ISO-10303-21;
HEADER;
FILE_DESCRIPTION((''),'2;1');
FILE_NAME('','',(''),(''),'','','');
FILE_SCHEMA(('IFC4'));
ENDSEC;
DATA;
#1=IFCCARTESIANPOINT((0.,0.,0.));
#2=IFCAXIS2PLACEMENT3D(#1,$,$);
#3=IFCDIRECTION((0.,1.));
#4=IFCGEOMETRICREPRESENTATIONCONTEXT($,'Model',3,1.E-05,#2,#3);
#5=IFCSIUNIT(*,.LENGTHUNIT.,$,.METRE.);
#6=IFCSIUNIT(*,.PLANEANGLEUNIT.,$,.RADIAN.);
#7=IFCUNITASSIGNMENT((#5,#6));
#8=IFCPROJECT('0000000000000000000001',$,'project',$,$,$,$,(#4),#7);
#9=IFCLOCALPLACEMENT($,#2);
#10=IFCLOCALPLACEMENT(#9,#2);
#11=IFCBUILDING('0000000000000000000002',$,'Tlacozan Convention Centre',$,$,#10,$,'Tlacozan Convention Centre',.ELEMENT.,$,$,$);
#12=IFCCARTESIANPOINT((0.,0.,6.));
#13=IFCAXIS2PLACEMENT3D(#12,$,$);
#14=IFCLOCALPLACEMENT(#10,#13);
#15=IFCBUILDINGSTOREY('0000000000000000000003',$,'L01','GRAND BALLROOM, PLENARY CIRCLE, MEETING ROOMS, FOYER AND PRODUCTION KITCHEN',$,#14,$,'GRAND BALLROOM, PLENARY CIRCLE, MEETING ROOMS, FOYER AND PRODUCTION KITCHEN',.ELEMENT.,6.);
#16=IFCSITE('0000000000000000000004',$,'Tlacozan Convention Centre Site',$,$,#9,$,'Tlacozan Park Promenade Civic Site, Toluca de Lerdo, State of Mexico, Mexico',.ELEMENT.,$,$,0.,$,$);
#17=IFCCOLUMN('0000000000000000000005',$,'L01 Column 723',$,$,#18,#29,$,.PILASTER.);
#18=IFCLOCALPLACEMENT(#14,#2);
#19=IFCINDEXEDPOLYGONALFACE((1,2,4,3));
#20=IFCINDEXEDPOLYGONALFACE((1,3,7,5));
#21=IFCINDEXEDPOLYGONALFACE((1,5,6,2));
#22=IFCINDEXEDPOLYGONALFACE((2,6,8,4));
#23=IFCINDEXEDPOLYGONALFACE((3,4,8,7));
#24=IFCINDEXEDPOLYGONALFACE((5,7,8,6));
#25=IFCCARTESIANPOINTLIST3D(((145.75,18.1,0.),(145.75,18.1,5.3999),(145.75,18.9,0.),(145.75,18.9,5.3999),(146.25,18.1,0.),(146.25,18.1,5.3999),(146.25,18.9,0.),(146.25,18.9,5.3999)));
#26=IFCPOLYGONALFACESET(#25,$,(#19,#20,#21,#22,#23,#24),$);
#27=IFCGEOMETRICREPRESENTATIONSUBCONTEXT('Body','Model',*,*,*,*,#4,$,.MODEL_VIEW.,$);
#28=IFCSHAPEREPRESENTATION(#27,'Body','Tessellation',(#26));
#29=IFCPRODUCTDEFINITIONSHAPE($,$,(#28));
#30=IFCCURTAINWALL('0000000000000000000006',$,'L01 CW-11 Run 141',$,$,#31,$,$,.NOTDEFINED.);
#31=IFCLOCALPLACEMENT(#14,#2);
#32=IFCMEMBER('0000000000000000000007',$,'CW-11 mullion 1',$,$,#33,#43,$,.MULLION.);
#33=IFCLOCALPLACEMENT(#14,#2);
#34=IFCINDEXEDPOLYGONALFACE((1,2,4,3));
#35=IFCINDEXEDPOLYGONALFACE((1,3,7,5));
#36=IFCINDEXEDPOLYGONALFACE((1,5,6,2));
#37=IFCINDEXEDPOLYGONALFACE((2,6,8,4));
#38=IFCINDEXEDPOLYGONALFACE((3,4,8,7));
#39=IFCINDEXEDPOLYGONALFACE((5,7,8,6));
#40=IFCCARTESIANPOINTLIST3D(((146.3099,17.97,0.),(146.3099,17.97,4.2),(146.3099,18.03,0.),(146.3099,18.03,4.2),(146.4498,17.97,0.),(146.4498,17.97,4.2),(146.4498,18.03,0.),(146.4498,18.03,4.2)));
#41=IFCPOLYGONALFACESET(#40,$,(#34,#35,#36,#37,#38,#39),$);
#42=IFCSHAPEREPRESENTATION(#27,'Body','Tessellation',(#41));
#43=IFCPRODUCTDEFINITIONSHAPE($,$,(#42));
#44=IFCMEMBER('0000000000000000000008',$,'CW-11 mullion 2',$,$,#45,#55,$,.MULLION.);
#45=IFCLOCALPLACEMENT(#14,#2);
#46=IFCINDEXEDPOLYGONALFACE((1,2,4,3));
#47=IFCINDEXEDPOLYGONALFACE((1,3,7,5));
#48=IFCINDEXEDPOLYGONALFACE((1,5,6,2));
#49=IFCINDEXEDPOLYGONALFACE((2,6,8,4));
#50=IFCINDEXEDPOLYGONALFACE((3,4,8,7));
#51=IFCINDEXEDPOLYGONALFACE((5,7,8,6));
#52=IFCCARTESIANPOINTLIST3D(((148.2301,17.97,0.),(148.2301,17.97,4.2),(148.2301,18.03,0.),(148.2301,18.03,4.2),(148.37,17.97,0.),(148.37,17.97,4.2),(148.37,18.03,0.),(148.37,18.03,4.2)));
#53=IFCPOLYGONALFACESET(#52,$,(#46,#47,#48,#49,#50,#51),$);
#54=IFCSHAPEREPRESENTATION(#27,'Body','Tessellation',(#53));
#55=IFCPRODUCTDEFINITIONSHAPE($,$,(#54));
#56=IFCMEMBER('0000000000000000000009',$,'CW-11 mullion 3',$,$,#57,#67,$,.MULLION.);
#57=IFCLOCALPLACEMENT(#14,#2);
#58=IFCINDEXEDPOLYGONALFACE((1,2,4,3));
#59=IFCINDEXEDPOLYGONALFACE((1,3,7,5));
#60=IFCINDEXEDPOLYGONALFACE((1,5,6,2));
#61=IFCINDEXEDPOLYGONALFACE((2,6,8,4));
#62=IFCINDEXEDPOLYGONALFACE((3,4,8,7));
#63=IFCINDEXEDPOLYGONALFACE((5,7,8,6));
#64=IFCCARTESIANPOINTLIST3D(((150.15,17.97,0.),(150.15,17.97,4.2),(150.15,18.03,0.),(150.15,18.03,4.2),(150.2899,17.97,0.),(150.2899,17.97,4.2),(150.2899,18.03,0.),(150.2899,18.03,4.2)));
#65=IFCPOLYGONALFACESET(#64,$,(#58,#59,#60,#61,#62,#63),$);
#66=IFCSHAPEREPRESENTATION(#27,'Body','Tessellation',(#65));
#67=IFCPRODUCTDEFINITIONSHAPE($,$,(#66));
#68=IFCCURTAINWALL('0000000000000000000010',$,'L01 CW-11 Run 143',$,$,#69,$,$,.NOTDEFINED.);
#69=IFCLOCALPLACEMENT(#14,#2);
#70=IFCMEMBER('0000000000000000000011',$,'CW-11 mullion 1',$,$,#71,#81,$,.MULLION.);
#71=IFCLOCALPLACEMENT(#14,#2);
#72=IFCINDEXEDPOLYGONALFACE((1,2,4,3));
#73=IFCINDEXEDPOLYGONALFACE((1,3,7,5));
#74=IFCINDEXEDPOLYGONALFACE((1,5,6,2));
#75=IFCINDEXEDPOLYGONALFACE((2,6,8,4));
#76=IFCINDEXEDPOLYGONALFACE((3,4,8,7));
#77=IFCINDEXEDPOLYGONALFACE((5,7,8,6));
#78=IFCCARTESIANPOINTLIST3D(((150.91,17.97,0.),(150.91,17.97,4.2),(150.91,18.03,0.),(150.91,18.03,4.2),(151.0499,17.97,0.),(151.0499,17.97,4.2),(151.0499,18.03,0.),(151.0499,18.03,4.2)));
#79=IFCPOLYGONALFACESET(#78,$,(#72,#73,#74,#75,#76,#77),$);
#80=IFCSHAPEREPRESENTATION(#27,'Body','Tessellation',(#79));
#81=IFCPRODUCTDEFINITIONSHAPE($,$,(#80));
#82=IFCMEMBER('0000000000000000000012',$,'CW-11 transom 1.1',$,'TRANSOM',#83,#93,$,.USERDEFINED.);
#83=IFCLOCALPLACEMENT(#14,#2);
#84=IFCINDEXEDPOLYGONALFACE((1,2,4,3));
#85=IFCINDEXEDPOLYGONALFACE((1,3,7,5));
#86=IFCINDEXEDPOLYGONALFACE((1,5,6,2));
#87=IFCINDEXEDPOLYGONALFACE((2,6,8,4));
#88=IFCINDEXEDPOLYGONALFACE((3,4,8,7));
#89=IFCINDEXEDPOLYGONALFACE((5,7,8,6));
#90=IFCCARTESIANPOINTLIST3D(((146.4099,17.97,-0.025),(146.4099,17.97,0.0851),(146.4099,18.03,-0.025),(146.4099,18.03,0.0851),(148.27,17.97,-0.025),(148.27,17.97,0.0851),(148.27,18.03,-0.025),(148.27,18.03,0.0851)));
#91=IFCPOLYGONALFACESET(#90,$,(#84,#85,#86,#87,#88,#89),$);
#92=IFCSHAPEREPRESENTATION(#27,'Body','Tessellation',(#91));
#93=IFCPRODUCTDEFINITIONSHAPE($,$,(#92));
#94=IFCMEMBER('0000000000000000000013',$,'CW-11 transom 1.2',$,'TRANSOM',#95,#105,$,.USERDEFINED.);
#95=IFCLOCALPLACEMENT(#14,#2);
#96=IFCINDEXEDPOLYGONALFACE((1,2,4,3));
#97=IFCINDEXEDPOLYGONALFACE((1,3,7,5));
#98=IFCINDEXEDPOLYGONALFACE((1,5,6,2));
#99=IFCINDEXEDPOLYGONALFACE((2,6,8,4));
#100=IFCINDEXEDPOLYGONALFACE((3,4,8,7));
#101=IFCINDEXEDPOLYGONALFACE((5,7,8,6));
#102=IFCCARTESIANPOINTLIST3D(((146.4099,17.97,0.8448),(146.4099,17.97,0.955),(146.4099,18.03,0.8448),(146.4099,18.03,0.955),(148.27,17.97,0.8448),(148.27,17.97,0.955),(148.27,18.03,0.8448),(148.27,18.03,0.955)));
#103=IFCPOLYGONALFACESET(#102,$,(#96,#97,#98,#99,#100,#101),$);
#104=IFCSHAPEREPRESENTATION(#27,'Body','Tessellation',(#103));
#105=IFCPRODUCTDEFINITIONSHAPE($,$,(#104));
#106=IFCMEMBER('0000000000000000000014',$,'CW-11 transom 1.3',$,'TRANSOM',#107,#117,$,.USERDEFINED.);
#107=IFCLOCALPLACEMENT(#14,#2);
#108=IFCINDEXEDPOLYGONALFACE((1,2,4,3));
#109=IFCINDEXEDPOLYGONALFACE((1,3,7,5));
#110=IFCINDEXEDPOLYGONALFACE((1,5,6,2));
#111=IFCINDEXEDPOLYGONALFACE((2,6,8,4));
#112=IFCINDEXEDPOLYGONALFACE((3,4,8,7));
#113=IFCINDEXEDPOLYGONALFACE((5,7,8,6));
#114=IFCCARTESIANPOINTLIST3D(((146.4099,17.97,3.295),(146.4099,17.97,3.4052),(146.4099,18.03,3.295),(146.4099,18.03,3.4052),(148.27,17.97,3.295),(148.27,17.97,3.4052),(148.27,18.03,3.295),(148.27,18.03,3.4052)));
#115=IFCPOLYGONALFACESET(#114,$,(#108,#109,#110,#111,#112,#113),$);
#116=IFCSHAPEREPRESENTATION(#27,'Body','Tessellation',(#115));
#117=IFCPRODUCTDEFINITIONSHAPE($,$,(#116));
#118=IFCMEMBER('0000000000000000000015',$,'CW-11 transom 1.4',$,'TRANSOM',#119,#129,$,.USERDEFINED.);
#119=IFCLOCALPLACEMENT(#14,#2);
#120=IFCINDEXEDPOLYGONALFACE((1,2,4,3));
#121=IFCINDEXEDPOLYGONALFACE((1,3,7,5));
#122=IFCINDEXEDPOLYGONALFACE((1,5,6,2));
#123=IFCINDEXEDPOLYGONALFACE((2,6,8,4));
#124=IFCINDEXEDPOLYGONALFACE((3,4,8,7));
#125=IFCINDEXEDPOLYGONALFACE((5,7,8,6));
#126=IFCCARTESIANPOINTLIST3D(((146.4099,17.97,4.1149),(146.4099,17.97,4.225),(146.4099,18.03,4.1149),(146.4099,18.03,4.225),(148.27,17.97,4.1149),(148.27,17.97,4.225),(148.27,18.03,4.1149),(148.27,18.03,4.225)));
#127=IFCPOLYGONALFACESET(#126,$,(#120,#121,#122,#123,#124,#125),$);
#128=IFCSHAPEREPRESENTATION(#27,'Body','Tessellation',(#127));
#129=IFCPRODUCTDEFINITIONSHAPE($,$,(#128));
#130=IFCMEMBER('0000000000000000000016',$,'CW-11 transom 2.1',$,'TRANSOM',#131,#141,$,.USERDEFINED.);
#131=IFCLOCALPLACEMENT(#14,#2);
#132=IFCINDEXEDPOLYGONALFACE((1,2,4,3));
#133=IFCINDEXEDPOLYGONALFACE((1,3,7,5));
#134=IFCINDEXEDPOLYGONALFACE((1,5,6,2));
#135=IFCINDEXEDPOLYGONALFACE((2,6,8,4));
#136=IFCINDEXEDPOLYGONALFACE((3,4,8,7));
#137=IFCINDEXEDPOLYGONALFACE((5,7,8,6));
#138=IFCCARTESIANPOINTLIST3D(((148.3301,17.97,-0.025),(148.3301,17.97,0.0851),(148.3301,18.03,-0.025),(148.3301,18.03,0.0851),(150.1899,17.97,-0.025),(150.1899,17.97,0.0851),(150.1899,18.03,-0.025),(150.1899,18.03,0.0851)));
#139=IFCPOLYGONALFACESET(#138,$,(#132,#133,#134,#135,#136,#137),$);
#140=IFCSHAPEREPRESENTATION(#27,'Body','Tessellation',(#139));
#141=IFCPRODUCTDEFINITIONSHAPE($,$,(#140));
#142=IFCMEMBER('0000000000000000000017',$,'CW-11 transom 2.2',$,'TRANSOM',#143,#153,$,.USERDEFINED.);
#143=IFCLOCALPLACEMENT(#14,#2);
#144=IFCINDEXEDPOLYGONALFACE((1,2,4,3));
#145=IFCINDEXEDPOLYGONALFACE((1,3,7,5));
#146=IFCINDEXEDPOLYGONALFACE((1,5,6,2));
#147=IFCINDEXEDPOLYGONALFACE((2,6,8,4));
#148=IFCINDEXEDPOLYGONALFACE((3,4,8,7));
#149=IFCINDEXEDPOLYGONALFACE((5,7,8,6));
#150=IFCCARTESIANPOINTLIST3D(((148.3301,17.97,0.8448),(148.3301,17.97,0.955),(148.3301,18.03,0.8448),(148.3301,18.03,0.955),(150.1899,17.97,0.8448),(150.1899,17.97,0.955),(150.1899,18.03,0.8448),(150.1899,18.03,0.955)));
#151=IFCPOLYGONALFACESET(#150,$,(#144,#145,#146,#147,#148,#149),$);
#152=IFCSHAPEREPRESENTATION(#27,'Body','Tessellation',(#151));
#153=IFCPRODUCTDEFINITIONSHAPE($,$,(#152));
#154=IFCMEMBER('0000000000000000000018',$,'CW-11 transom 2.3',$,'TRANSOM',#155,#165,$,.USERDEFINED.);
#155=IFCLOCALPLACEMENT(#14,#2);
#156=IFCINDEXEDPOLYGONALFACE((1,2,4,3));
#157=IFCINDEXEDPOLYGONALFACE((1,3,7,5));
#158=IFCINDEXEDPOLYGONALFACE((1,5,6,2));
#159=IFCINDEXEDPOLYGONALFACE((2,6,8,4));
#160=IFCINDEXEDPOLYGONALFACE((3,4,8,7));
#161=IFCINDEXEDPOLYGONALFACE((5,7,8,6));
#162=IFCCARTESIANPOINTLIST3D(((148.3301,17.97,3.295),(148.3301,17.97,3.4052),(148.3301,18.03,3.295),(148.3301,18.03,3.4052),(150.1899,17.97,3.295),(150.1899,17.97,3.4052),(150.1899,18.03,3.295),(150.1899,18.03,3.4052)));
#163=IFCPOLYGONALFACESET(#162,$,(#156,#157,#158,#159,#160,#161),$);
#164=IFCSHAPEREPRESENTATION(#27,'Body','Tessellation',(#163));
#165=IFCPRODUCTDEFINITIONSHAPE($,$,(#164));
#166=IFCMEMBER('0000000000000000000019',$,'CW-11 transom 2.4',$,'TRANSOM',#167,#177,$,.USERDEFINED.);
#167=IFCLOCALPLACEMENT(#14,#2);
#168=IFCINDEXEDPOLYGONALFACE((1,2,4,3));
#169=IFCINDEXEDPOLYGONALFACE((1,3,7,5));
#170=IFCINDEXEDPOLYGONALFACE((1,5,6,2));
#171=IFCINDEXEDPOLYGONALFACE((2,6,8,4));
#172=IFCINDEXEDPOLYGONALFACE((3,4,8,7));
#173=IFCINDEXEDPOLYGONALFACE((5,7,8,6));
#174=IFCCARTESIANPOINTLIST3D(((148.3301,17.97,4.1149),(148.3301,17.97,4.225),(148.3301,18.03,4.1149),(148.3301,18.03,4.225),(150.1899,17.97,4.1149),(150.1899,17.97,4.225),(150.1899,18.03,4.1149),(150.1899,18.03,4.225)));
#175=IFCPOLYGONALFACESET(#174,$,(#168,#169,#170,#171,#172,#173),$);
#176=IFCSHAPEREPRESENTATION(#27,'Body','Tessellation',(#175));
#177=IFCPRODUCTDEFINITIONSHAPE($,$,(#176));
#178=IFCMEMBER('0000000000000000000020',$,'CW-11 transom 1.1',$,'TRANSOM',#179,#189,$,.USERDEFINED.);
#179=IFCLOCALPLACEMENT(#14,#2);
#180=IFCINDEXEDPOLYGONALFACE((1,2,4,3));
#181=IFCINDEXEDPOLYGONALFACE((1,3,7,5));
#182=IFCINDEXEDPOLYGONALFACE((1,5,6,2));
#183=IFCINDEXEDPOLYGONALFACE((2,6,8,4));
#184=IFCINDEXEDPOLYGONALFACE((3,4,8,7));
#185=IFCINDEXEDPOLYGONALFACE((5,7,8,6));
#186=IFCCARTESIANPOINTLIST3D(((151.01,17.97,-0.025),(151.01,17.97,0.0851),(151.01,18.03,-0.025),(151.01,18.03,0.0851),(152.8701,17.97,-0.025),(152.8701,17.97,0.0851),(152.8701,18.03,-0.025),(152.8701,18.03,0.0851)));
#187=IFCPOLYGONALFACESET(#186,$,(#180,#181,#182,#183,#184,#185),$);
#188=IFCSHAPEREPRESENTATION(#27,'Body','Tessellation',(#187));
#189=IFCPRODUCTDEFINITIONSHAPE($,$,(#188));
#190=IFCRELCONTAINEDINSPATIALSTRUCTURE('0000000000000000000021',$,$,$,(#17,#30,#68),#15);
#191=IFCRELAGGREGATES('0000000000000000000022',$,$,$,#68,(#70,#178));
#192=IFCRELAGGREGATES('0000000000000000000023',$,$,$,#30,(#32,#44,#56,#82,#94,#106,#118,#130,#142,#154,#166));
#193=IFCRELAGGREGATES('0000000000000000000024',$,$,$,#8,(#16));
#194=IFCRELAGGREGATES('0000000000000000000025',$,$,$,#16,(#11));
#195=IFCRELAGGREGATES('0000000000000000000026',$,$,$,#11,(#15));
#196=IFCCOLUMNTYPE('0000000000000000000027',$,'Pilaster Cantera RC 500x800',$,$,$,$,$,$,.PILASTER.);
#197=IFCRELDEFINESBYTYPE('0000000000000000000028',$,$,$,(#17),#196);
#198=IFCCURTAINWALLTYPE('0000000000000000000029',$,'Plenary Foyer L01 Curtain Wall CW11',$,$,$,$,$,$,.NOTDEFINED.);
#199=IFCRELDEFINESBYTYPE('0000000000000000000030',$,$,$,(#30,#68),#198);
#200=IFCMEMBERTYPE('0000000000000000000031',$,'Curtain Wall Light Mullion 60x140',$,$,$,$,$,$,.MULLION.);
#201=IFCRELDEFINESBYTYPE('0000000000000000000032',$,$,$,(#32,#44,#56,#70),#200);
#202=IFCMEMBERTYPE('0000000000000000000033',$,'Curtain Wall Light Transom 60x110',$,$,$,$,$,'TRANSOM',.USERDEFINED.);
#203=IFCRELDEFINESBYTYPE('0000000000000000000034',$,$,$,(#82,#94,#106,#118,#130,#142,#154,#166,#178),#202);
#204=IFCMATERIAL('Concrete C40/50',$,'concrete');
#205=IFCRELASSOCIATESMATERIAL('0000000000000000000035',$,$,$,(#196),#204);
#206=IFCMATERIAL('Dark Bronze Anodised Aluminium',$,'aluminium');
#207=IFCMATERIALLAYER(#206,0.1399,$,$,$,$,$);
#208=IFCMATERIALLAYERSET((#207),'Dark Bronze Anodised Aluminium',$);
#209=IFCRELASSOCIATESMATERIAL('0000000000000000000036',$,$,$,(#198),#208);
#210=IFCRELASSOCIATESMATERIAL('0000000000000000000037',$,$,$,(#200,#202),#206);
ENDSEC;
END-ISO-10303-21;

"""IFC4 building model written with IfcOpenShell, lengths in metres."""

from ifc_helpers import new_model, si_unit, direction, frame, origin, origin_2d, place, context, subcontext, project, spatial, rectangle, extrude, material, layer, layer_set, material_profile, profile_set, type_object, element, aggregate, save


model = new_model("IFC4")

# Units and contexts
model_context = context("Model", 3, precision=1e-05, world=origin(), true_north=direction((0.0, 1.0)))
body_context = subcontext(model_context, "Body", "Model", "MODEL_VIEW")
ifc_project = project(units=[si_unit("LENGTHUNIT", "METRE"), si_unit("PLANEANGLEUNIT", "RADIAN")], contexts=[model_context])

# Site, building, storey
site_placement = place(None, origin())
site = spatial("IfcSite", under=ifc_project, at=site_placement, Name="Tlacozan Convention Centre Site", LongName="Tlacozan Park Promenade Civic Site, Toluca de Lerdo, State of Mexico, Mexico", CompositionType="ELEMENT", RefElevation=0.0)
building_placement = place(site_placement, origin())
building = spatial("IfcBuilding", under=site, at=building_placement, Name="Tlacozan Convention Centre", LongName="Tlacozan Convention Centre", CompositionType="ELEMENT")
storey_placement = place(building_placement, frame((0.0, 0.0, 6.0)))
storey = spatial("IfcBuildingStorey", under=building, at=storey_placement, Name="L01", Description="GRAND BALLROOM, PLENARY CIRCLE, MEETING ROOMS, FOYER AND PRODUCTION KITCHEN", LongName="GRAND BALLROOM, PLENARY CIRCLE, MEETING ROOMS, FOYER AND PRODUCTION KITCHEN", CompositionType="ELEMENT", Elevation=6.0)

# Column
ifc_material_1 = material(Name="Concrete C40/50", Category="concrete")
ifc_material_profile_1 = material_profile(ifc_material_1, rectangle(XDim=0.5, YDim=0.8, at=origin_2d()), Name="RC 500x800")
ifc_profile_set_1 = profile_set([ifc_material_profile_1], Name="Concrete C40/50")
column_type = type_object("IfcColumnType", Name="Pilaster Cantera RC 500x800", PredefinedType="PILASTER", material=ifc_profile_set_1)
column_placement = place(storey_placement, frame((146.0, 18.5, 0.0), z_axis=(0.0, 0.0, 1.0), x_axis=(1.0, 0.0, 0.0)))
element("IfcColumn", 1, at=column_placement, inside=storey, type_object=column_type, Name="L01 Column 723", PredefinedType="PILASTER", context=body_context, shape_type="SweptSolid", body=[
    extrude(rectangle(XDim=0.5, YDim=0.8, at=origin_2d()), origin(), (0.0, 0.0, 1.0), 5.3999),
])

# Curtain wall, members
ifc_material_2 = material(Name="Dark Bronze Anodised Aluminium", Category="aluminium")
ifc_layer_1 = layer(ifc_material_2, 0.1399)
ifc_layer_set_1 = layer_set([ifc_layer_1], Name="Dark Bronze Anodised Aluminium")
curtain_wall_type = type_object("IfcCurtainWallType", Name="Plenary Foyer L01 Curtain Wall CW11", PredefinedType="NOTDEFINED", material=ifc_layer_set_1)
curtain_wall_1_placement = place(storey_placement, origin())
curtain_wall_1 = element("IfcCurtainWall", 2, at=curtain_wall_1_placement, inside=storey, type_object=curtain_wall_type, Name="L01 CW-11 Run 141", PredefinedType="NOTDEFINED")
ifc_material_profile_2 = material_profile(ifc_material_2, rectangle(XDim=0.0601, YDim=0.1399, at=origin_2d()), Name="ALU 60x140")
ifc_profile_set_2 = profile_set([ifc_material_profile_2], Name="Dark Bronze Anodised Aluminium")
member_type_1 = type_object("IfcMemberType", Name="Curtain Wall Light Mullion 60x140", PredefinedType="MULLION", material=ifc_profile_set_2)
member_1_placement = place(storey_placement, frame((146.3799, 18.0, 0.0), z_axis=(0.0, 0.0, 1.0), x_axis=(0.0, 1.0, 0.0)))
member_1 = element("IfcMember", 3, at=member_1_placement, type_object=member_type_1, Name="CW-11 mullion 1", PredefinedType="MULLION", context=body_context, shape_type="SweptSolid", body=[
    extrude(rectangle(XDim=0.0601, YDim=0.1399, at=origin_2d()), origin(), (0.0, 0.0, 1.0), 4.2),
])
member_2_placement = place(storey_placement, frame((148.3, 18.0, 0.0), z_axis=(0.0, 0.0, 1.0), x_axis=(0.0, 1.0, 0.0)))
member_2 = element("IfcMember", 4, at=member_2_placement, type_object=member_type_1, Name="CW-11 mullion 2", PredefinedType="MULLION", context=body_context, shape_type="SweptSolid", body=[
    extrude(rectangle(XDim=0.0601, YDim=0.1399, at=origin_2d()), origin(), (0.0, 0.0, 1.0), 4.2),
])
member_3_placement = place(storey_placement, frame((150.22, 18.0, 0.0), z_axis=(0.0, 0.0, 1.0), x_axis=(0.0, 1.0, 0.0)))
member_3 = element("IfcMember", 5, at=member_3_placement, type_object=member_type_1, Name="CW-11 mullion 3", PredefinedType="MULLION", context=body_context, shape_type="SweptSolid", body=[
    extrude(rectangle(XDim=0.0601, YDim=0.1399, at=origin_2d()), origin(), (0.0, 0.0, 1.0), 4.2),
])

# Curtain wall, member
curtain_wall_2_placement = place(storey_placement, origin())
curtain_wall_2 = element("IfcCurtainWall", 6, at=curtain_wall_2_placement, inside=storey, type_object=curtain_wall_type, Name="L01 CW-11 Run 143", PredefinedType="NOTDEFINED")
member_4_placement = place(storey_placement, frame((150.98, 18.0, 0.0), z_axis=(0.0, 0.0, 1.0), x_axis=(0.0, 1.0, 0.0)))
member_4 = element("IfcMember", 7, at=member_4_placement, type_object=member_type_1, Name="CW-11 mullion 1", PredefinedType="MULLION", context=body_context, shape_type="SweptSolid", body=[
    extrude(rectangle(XDim=0.0601, YDim=0.1399, at=origin_2d()), origin(), (0.0, 0.0, 1.0), 4.2),
])

# Members
ifc_material_profile_3 = material_profile(ifc_material_2, rectangle(XDim=0.0601, YDim=0.1101, at=origin_2d()), Name="ALU 60x110")
ifc_profile_set_3 = profile_set([ifc_material_profile_3], Name="Dark Bronze Anodised Aluminium")
member_type_2 = type_object("IfcMemberType", Name="Curtain Wall Light Transom 60x110", ElementType="TRANSOM", PredefinedType="USERDEFINED", material=ifc_profile_set_3)
member_5_placement = place(storey_placement, frame((146.4099, 18.0, 0.03), z_axis=(1.0, 0.0, 0.0), x_axis=(0.0, 1.0, 0.0)))
member_5 = element("IfcMember", 8, at=member_5_placement, type_object=member_type_2, Name="CW-11 transom 1.1", ObjectType="TRANSOM", PredefinedType="USERDEFINED", context=body_context, shape_type="SweptSolid", body=[
    extrude(rectangle(XDim=0.0601, YDim=0.1101, at=origin_2d()), origin(), (0.0, 0.0, 1.0), 1.8601),
])
member_6_placement = place(storey_placement, frame((146.4099, 18.0, 0.8999), z_axis=(1.0, 0.0, 0.0), x_axis=(0.0, 1.0, 0.0)))
member_6 = element("IfcMember", 9, at=member_6_placement, type_object=member_type_2, Name="CW-11 transom 1.2", ObjectType="TRANSOM", PredefinedType="USERDEFINED", context=body_context, shape_type="SweptSolid", body=[
    extrude(rectangle(XDim=0.0601, YDim=0.1101, at=origin_2d()), origin(), (0.0, 0.0, 1.0), 1.8601),
])
member_7_placement = place(storey_placement, frame((146.4099, 18.0, 3.3501), z_axis=(1.0, 0.0, 0.0), x_axis=(0.0, 1.0, 0.0)))
member_7 = element("IfcMember", 10, at=member_7_placement, type_object=member_type_2, Name="CW-11 transom 1.3", ObjectType="TRANSOM", PredefinedType="USERDEFINED", context=body_context, shape_type="SweptSolid", body=[
    extrude(rectangle(XDim=0.0601, YDim=0.1101, at=origin_2d()), origin(), (0.0, 0.0, 1.0), 1.8601),
])
member_8_placement = place(storey_placement, frame((146.4099, 18.0, 4.1699), z_axis=(1.0, 0.0, 0.0), x_axis=(0.0, 1.0, 0.0)))
member_8 = element("IfcMember", 11, at=member_8_placement, type_object=member_type_2, Name="CW-11 transom 1.4", ObjectType="TRANSOM", PredefinedType="USERDEFINED", context=body_context, shape_type="SweptSolid", body=[
    extrude(rectangle(XDim=0.0601, YDim=0.1101, at=origin_2d()), origin(), (0.0, 0.0, 1.0), 1.8601),
])
member_9_placement = place(storey_placement, frame((148.3301, 18.0, 0.03), z_axis=(1.0, 0.0, 0.0), x_axis=(0.0, 1.0, 0.0)))
member_9 = element("IfcMember", 12, at=member_9_placement, type_object=member_type_2, Name="CW-11 transom 2.1", ObjectType="TRANSOM", PredefinedType="USERDEFINED", context=body_context, shape_type="SweptSolid", body=[
    extrude(rectangle(XDim=0.0601, YDim=0.1101, at=origin_2d()), origin(), (0.0, 0.0, 1.0), 1.8599),
])
member_10_placement = place(storey_placement, frame((148.3301, 18.0, 0.8999), z_axis=(1.0, 0.0, 0.0), x_axis=(0.0, 1.0, 0.0)))
member_10 = element("IfcMember", 13, at=member_10_placement, type_object=member_type_2, Name="CW-11 transom 2.2", ObjectType="TRANSOM", PredefinedType="USERDEFINED", context=body_context, shape_type="SweptSolid", body=[
    extrude(rectangle(XDim=0.0601, YDim=0.1101, at=origin_2d()), origin(), (0.0, 0.0, 1.0), 1.8599),
])
member_11_placement = place(storey_placement, frame((148.3301, 18.0, 3.3501), z_axis=(1.0, 0.0, 0.0), x_axis=(0.0, 1.0, 0.0)))
member_11 = element("IfcMember", 14, at=member_11_placement, type_object=member_type_2, Name="CW-11 transom 2.3", ObjectType="TRANSOM", PredefinedType="USERDEFINED", context=body_context, shape_type="SweptSolid", body=[
    extrude(rectangle(XDim=0.0601, YDim=0.1101, at=origin_2d()), origin(), (0.0, 0.0, 1.0), 1.8599),
])
member_12_placement = place(storey_placement, frame((148.3301, 18.0, 4.1699), z_axis=(1.0, 0.0, 0.0), x_axis=(0.0, 1.0, 0.0)))
member_12 = element("IfcMember", 15, at=member_12_placement, type_object=member_type_2, Name="CW-11 transom 2.4", ObjectType="TRANSOM", PredefinedType="USERDEFINED", context=body_context, shape_type="SweptSolid", body=[
    extrude(rectangle(XDim=0.0601, YDim=0.1101, at=origin_2d()), origin(), (0.0, 0.0, 1.0), 1.8599),
])
member_13_placement = place(storey_placement, frame((151.01, 18.0, 0.03), z_axis=(1.0, 0.0, 0.0), x_axis=(0.0, 1.0, 0.0)))
member_13 = element("IfcMember", 16, at=member_13_placement, type_object=member_type_2, Name="CW-11 transom 1.1", ObjectType="TRANSOM", PredefinedType="USERDEFINED", context=body_context, shape_type="SweptSolid", body=[
    extrude(rectangle(XDim=0.0601, YDim=0.1101, at=origin_2d()), origin(), (0.0, 0.0, 1.0), 1.8601),
])
aggregate(curtain_wall_2, [member_4, member_13])

aggregate(curtain_wall_1, [member_1, member_2, member_3, member_5, member_6, member_7, member_8, member_9, member_10, member_11, member_12])

save(model, "model.ifc")
